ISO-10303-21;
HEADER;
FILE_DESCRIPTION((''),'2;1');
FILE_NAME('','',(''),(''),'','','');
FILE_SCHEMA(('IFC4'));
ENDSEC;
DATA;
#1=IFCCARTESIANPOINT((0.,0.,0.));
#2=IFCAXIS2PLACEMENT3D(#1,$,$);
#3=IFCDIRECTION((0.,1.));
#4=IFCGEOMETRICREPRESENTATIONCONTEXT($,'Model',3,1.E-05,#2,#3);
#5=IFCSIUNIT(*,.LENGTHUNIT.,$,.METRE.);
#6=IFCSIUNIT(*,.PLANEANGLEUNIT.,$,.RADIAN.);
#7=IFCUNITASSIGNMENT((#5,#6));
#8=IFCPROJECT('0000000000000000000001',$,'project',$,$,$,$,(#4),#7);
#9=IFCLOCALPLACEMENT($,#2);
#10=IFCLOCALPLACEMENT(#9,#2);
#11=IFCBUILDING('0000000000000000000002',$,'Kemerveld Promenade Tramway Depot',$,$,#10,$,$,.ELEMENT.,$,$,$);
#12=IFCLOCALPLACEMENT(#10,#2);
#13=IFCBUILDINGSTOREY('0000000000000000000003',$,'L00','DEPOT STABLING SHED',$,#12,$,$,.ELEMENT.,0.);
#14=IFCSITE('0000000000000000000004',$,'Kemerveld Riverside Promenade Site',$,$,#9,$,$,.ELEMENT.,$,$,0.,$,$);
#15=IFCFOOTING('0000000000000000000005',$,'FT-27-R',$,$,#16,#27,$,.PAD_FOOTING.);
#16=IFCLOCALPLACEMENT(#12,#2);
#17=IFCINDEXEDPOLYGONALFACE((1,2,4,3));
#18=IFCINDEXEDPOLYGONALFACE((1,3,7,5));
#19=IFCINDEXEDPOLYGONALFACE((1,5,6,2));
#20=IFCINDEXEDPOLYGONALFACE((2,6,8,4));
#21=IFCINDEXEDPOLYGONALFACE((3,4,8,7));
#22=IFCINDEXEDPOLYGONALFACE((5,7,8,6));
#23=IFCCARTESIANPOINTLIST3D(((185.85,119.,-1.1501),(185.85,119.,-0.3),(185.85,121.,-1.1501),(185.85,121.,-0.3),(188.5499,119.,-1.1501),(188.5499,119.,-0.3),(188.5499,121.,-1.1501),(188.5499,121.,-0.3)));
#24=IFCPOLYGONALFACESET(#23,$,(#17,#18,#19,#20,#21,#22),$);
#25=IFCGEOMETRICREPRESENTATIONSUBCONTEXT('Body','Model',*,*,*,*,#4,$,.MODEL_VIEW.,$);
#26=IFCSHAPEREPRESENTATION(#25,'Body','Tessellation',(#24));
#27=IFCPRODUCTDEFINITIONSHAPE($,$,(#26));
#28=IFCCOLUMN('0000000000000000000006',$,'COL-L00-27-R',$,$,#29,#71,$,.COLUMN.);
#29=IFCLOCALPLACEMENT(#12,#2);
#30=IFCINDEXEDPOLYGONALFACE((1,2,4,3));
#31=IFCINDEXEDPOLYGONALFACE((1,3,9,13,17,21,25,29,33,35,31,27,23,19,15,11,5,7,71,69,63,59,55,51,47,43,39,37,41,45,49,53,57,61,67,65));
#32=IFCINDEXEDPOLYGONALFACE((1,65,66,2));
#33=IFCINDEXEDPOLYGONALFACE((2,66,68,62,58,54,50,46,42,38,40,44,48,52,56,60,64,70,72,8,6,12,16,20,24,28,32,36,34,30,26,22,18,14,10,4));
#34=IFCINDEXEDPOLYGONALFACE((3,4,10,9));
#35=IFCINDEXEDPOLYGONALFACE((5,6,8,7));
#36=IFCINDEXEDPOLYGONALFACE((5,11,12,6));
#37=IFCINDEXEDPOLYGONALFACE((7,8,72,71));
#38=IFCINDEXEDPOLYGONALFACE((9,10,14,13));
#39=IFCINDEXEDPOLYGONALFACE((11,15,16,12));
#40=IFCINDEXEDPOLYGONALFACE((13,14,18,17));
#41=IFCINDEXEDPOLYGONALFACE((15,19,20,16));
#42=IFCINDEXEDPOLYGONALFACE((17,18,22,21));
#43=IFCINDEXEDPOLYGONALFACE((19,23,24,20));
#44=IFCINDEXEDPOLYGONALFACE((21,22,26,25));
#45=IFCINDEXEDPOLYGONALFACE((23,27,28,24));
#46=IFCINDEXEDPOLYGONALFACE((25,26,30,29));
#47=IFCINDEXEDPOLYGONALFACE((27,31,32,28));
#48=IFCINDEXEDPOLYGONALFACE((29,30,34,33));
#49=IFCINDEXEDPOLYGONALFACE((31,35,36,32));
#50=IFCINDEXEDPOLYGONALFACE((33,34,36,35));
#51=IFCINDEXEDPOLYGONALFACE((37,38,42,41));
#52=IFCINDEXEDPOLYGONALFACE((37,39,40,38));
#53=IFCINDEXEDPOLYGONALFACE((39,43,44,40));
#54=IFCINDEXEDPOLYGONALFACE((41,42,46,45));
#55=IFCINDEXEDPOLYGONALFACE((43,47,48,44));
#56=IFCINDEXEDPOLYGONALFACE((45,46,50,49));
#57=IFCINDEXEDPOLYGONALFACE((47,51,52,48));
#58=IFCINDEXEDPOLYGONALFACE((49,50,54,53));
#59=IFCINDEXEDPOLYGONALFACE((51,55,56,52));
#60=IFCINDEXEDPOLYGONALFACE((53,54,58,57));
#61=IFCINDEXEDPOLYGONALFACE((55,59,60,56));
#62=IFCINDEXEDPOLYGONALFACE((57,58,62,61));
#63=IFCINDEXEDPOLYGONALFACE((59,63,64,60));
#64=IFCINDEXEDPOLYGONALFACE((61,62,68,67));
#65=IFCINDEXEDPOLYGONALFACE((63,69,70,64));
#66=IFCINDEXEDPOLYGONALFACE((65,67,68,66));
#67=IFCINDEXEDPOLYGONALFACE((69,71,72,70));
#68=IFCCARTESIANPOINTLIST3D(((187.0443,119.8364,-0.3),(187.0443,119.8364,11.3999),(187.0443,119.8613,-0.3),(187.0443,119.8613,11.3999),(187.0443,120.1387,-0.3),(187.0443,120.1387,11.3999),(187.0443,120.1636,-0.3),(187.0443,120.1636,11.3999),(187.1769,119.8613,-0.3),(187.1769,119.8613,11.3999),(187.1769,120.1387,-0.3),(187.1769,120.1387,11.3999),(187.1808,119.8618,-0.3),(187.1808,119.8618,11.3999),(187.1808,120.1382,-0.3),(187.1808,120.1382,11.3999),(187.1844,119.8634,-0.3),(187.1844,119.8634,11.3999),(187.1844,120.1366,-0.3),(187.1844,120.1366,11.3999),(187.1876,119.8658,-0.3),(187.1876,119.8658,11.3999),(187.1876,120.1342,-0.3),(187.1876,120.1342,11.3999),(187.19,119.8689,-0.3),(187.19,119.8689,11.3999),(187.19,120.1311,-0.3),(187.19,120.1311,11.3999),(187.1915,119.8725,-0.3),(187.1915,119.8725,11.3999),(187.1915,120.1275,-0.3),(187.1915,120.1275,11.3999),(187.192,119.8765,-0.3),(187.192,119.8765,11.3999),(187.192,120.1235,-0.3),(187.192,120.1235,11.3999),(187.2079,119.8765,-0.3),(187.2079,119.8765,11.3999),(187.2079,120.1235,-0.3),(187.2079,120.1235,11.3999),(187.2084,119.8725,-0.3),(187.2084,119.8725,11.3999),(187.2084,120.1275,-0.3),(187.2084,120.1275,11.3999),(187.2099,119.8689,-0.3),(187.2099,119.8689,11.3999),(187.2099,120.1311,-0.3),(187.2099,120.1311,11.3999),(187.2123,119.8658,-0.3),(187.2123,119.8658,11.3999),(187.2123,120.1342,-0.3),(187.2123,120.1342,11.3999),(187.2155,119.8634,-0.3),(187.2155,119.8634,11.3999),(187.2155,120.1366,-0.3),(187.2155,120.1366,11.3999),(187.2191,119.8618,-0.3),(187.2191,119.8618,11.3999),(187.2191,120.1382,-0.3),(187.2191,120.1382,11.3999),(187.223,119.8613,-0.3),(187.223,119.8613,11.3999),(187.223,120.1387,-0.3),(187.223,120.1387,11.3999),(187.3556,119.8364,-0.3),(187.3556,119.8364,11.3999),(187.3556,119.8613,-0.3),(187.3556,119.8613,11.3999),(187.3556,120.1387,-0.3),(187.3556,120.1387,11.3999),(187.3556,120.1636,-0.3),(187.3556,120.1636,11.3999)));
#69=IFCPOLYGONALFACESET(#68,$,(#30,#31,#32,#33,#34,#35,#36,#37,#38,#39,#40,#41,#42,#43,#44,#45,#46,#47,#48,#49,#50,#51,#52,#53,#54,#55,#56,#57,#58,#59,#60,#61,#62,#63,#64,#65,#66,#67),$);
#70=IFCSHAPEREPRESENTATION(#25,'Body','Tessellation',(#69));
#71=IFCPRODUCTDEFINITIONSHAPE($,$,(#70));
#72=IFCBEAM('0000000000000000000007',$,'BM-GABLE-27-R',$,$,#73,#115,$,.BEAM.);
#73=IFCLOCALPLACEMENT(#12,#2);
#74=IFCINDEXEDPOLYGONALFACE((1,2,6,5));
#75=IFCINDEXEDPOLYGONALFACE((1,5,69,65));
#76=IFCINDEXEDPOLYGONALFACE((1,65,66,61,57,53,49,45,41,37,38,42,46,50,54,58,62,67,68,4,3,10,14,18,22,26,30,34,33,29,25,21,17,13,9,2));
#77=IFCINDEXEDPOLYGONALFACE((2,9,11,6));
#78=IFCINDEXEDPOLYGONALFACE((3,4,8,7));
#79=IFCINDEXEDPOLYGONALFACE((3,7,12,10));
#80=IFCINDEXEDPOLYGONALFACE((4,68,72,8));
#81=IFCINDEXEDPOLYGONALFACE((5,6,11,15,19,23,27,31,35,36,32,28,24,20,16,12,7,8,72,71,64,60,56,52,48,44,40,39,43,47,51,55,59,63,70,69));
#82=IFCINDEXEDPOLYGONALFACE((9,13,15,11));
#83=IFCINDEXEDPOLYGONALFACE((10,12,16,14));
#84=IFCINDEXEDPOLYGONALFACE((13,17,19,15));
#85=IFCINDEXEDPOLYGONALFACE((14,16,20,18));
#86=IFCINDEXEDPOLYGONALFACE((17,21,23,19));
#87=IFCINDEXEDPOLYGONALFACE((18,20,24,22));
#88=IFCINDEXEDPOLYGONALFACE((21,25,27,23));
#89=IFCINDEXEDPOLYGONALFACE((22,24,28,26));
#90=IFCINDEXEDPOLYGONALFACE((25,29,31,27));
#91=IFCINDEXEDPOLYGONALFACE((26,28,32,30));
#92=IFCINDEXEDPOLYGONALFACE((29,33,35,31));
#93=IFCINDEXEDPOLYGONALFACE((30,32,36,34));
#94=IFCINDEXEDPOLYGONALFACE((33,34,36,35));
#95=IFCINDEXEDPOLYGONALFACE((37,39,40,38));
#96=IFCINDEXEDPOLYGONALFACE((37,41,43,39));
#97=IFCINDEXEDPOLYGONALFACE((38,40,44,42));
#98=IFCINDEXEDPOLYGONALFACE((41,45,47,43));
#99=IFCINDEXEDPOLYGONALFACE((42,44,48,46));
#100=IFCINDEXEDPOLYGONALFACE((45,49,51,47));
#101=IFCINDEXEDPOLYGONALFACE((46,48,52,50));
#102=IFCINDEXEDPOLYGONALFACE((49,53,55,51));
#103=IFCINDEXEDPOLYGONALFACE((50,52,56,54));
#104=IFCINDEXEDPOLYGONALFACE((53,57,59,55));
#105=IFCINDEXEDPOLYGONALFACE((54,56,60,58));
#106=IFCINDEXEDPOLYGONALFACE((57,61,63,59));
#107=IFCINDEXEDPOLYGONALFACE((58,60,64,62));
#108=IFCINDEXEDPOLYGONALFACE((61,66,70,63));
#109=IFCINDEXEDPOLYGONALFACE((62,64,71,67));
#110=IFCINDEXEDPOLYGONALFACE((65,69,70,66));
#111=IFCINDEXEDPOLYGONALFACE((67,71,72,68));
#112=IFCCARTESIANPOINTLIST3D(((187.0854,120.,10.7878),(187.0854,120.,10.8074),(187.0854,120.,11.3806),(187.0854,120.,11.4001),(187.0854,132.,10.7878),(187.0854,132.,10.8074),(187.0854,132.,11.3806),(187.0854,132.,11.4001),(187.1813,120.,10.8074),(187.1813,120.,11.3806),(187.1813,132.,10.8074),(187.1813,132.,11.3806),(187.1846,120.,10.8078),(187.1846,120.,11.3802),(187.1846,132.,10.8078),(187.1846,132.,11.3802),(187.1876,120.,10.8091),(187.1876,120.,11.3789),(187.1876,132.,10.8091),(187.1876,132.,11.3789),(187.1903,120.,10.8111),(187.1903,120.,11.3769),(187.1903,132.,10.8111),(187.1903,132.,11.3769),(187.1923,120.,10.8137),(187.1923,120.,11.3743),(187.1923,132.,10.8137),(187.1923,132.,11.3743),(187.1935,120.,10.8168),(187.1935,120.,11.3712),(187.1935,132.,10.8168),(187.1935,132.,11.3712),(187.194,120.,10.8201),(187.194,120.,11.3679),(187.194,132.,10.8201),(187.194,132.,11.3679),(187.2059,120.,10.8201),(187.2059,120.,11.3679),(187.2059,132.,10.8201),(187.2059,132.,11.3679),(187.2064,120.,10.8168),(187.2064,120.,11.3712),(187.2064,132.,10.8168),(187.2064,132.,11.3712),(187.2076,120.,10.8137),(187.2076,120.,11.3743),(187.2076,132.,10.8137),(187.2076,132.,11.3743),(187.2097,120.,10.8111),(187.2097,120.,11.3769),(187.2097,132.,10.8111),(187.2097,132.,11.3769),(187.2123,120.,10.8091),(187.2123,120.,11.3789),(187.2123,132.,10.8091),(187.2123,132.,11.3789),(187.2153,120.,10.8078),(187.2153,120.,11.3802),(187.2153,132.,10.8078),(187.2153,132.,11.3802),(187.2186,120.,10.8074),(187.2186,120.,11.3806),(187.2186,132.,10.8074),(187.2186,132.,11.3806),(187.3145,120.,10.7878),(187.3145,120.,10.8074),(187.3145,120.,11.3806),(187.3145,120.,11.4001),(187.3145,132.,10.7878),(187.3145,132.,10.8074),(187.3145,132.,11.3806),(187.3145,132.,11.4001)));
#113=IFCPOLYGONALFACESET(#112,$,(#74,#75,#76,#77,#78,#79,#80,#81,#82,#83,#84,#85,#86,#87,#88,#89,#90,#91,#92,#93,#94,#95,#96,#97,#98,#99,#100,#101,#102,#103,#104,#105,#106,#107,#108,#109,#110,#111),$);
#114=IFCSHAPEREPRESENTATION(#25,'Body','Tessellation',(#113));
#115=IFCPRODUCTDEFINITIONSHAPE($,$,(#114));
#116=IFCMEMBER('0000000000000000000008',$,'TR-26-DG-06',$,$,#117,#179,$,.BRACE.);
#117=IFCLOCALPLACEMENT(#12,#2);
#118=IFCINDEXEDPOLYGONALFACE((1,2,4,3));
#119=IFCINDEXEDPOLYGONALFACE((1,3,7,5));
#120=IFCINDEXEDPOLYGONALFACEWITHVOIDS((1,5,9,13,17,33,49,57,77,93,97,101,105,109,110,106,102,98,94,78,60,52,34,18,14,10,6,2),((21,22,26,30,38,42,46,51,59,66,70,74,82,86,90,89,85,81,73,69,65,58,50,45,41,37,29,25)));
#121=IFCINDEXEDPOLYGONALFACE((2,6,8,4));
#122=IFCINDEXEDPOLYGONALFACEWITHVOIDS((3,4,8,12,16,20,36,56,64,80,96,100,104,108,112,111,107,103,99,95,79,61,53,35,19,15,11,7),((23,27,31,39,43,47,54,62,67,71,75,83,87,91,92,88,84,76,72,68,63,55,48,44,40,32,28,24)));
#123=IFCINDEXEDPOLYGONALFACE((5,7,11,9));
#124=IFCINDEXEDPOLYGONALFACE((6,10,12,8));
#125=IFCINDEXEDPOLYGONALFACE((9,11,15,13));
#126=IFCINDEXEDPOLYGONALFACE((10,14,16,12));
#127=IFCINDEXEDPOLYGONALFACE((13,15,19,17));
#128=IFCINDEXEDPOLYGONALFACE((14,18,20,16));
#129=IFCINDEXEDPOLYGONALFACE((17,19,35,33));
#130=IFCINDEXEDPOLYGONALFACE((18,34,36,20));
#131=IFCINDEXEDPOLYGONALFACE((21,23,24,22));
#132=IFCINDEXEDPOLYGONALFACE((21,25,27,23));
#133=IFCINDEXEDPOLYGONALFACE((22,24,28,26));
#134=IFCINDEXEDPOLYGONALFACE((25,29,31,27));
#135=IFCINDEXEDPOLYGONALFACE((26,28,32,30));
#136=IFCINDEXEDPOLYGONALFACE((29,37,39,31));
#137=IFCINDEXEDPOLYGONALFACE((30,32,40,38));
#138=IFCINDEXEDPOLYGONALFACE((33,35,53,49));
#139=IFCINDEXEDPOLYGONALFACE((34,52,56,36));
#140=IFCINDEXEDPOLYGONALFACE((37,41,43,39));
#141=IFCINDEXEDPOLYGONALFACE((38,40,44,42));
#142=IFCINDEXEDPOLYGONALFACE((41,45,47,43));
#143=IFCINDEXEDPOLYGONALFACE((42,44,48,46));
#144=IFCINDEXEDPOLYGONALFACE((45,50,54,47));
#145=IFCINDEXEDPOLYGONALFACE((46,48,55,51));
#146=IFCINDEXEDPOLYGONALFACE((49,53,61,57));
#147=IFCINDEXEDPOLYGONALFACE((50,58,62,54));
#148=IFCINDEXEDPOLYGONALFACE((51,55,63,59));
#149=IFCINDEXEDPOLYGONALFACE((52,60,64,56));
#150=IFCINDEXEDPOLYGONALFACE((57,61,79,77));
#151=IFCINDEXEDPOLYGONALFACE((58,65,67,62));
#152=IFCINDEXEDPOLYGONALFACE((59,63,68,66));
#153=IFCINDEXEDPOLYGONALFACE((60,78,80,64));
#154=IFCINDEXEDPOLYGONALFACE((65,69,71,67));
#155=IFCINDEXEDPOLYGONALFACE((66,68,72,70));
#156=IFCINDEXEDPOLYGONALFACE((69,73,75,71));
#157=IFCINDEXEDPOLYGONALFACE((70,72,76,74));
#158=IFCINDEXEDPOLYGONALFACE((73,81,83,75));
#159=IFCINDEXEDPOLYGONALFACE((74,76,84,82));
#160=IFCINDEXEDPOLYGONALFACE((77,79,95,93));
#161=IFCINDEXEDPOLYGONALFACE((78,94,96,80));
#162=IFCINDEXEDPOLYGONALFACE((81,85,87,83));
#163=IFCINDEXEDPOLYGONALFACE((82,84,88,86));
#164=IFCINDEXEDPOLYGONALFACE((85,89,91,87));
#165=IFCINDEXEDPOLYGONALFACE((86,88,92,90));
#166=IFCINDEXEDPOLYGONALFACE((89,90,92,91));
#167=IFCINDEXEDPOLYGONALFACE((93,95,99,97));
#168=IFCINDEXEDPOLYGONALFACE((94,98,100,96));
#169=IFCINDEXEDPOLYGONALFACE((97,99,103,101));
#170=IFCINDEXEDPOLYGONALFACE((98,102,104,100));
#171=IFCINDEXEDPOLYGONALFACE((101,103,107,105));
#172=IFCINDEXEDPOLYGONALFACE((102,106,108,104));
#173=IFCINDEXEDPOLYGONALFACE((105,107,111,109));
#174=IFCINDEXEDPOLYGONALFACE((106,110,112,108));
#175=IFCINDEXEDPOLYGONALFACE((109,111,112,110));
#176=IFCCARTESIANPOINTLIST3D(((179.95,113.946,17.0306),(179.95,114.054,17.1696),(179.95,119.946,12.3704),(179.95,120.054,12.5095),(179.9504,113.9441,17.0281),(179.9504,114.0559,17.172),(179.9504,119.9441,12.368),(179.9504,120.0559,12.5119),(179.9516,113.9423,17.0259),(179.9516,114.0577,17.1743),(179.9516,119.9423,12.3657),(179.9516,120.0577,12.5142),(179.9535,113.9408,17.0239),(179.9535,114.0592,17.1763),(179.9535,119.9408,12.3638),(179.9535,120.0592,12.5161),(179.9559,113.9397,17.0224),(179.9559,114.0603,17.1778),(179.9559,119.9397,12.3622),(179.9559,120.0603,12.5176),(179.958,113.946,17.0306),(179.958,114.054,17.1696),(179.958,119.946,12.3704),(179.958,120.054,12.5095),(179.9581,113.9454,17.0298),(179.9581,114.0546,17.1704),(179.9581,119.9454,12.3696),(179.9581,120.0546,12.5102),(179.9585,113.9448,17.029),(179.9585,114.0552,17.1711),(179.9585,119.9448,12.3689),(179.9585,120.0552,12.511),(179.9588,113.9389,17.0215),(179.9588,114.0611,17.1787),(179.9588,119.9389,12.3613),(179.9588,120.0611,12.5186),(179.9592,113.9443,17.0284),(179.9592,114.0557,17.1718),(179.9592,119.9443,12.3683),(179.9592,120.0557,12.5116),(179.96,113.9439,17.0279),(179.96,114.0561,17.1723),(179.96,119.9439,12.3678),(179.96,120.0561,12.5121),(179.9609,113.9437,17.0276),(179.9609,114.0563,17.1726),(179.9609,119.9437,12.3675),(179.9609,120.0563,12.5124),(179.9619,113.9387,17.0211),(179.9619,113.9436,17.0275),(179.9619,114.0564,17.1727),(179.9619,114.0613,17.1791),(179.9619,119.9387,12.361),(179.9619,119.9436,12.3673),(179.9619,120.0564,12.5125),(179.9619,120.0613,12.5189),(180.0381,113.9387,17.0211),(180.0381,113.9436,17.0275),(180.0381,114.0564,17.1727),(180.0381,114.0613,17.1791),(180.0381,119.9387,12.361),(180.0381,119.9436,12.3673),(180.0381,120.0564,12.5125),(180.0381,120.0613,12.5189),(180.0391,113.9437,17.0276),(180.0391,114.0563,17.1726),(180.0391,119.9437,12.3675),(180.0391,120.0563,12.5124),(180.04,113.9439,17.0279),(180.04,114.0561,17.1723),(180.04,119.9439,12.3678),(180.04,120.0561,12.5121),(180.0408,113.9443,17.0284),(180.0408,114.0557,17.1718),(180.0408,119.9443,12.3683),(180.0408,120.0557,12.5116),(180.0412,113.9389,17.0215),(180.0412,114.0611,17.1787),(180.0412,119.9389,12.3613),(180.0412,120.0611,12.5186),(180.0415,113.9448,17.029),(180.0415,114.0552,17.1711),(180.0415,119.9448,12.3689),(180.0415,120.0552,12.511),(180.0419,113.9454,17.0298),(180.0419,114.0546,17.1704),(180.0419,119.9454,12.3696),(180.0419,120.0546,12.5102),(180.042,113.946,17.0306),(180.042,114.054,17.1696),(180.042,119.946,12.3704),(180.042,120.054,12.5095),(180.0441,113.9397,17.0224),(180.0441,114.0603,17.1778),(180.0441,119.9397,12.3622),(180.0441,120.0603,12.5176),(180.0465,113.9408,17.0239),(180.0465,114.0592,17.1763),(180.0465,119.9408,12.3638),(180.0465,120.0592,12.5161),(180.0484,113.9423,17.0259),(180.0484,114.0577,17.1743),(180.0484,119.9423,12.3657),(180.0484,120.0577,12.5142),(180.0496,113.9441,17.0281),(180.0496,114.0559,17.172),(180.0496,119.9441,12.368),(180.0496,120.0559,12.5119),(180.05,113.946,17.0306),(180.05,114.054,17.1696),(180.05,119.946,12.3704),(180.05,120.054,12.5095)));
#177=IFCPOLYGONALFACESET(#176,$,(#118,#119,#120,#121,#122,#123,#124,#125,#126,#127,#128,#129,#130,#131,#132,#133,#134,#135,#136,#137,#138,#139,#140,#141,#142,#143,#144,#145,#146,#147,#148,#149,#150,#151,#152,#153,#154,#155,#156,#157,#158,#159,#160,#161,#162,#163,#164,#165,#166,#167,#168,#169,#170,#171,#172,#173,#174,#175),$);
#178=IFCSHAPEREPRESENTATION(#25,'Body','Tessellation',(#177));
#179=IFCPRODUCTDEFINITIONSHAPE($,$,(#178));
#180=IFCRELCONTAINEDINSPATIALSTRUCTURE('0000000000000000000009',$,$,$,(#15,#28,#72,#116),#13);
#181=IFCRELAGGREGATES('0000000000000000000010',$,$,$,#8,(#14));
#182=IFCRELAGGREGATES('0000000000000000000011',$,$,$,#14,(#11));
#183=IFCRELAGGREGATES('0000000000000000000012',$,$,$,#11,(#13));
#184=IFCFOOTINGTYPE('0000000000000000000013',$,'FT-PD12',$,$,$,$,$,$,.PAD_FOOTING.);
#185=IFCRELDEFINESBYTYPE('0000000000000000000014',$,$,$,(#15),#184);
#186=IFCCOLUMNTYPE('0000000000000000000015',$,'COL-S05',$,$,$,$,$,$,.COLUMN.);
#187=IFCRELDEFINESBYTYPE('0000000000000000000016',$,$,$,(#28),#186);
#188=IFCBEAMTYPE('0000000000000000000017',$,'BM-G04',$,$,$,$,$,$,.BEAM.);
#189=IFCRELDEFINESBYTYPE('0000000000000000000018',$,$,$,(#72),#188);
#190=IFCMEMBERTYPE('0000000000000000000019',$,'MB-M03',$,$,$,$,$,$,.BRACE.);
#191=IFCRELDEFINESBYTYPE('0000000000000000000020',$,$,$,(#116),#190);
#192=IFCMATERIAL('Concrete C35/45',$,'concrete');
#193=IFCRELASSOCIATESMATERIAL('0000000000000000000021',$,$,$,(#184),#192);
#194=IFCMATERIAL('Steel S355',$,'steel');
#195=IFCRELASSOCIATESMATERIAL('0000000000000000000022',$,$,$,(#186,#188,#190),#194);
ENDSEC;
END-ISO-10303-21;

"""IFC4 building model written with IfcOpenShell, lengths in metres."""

from ifc_helpers import new_model, si_unit, direction, frame, origin, origin_2d, place, context, subcontext, project, spatial, rectangle, hollow_rectangle, i_section, extrude, material, material_profile, profile_set, type_object, element, save


model = new_model("IFC4")

# Units and contexts
model_context = context("Model", 3, precision=1e-05, world=origin(), true_north=direction((0.0, 1.0)))
body_context = subcontext(model_context, "Body", "Model", "MODEL_VIEW")
ifc_project = project(units=[si_unit("LENGTHUNIT", "METRE"), si_unit("PLANEANGLEUNIT", "RADIAN")], contexts=[model_context])

# Site, building, storey
site_placement = place(None, origin())
site = spatial("IfcSite", under=ifc_project, at=site_placement, Name="Kemerveld Riverside Promenade Site", CompositionType="ELEMENT", RefElevation=0.0)
building_placement = place(site_placement, origin())
building = spatial("IfcBuilding", under=site, at=building_placement, Name="Kemerveld Promenade Tramway Depot", CompositionType="ELEMENT")
storey_placement = place(building_placement, origin())
storey = spatial("IfcBuildingStorey", under=building, at=storey_placement, Name="L00", Description="DEPOT STABLING SHED", CompositionType="ELEMENT", Elevation=0.0)

# Footing
ifc_material_1 = material(Name="Concrete C35/45", Category="concrete")
footing_type = type_object("IfcFootingType", Name="FT-PD12", PredefinedType="PAD_FOOTING", material=ifc_material_1)
footing_placement = place(storey_placement, frame((187.2, 120.0, -1.1501), z_axis=(0.0, 0.0, 1.0), x_axis=(1.0, 0.0, 0.0)))
element("IfcFooting", 1, at=footing_placement, inside=storey, type_object=footing_type, Name="FT-27-R", PredefinedType="PAD_FOOTING", context=body_context, shape_type="SweptSolid", body=[
    extrude(rectangle(XDim=2.7, YDim=2.0, at=origin_2d()), origin(), (0.0, 0.0, 1.0), 0.8501),
])

# Column
ifc_material_2 = material(Name="Steel S355", Category="steel")
ifc_material_profile_1 = material_profile(ifc_material_2, i_section(OverallWidth=0.3113, OverallDepth=0.3271, WebThickness=0.0159, FlangeThickness=0.0249, FilletRadius=0.0151, at=origin_2d()), Name="305x305x158 UC")
ifc_profile_set_1 = profile_set([ifc_material_profile_1], Name="Steel S355")
column_type = type_object("IfcColumnType", Name="COL-S05", PredefinedType="COLUMN", material=ifc_profile_set_1)
column_placement = place(storey_placement, frame((187.2, 120.0, -0.3), z_axis=(0.0, 0.0, 1.0), x_axis=(1.0, 0.0, 0.0)))
element("IfcColumn", 2, at=column_placement, inside=storey, type_object=column_type, Name="COL-L00-27-R", PredefinedType="COLUMN", context=body_context, shape_type="SweptSolid", body=[
    extrude(i_section(OverallWidth=0.3113, OverallDepth=0.3271, WebThickness=0.0159, FlangeThickness=0.0249, FilletRadius=0.0151, at=origin_2d()), origin(), (0.0, 0.0, 1.0), 11.7),
])

# Beam
ifc_material_profile_2 = material_profile(ifc_material_2, i_section(OverallWidth=0.229, OverallDepth=0.6123, WebThickness=0.012, FlangeThickness=0.0195, FilletRadius=0.0127, at=origin_2d()), Name="610x229x125 UB")
ifc_profile_set_2 = profile_set([ifc_material_profile_2], Name="Steel S355")
beam_type = type_object("IfcBeamType", Name="BM-G04", PredefinedType="BEAM", material=ifc_profile_set_2)
beam_placement = place(storey_placement, frame((187.2, 120.0, 11.094), z_axis=(0.0, 1.0, 0.0), x_axis=(-1.0, 0.0, 0.0)))
element("IfcBeam", 3, at=beam_placement, inside=storey, type_object=beam_type, Name="BM-GABLE-27-R", PredefinedType="BEAM", context=body_context, shape_type="SweptSolid", body=[
    extrude(i_section(OverallWidth=0.229, OverallDepth=0.6123, WebThickness=0.012, FlangeThickness=0.0195, FilletRadius=0.0127, at=origin_2d()), origin(), (0.0, 0.0, 1.0), 12.0),
])

# Member
ifc_material_profile_3 = material_profile(ifc_material_2, hollow_rectangle(XDim=0.1001, YDim=0.2, WallThickness=0.0081, InnerFilletRadius=0.0039, OuterFilletRadius=0.012, at=origin_2d()), Name="200x100x8.0 RHS")
ifc_profile_set_3 = profile_set([ifc_material_profile_3], Name="Steel S355")
member_type_1 = type_object("IfcMemberType", Name="MB-M03", PredefinedType="BRACE", material=ifc_profile_set_3)
member_1_placement = place(storey_placement, frame((180.0, 120.0, 12.4399), z_axis=(0.0, -0.789767, 0.613407), x_axis=(1.0, 0.0, 0.0)))
element("IfcMember", 4, at=member_1_placement, inside=storey, type_object=member_type_1, Name="TR-26-DG-06", PredefinedType="BRACE", context=body_context, shape_type="SweptSolid", body=[
    extrude(hollow_rectangle(XDim=0.1001, YDim=0.2, WallThickness=0.0081, InnerFilletRadius=0.0039, OuterFilletRadius=0.012, at=origin_2d()), origin(), (0.0, 0.0, 1.0), 7.5972),
])

save(model, "model.ifc")
